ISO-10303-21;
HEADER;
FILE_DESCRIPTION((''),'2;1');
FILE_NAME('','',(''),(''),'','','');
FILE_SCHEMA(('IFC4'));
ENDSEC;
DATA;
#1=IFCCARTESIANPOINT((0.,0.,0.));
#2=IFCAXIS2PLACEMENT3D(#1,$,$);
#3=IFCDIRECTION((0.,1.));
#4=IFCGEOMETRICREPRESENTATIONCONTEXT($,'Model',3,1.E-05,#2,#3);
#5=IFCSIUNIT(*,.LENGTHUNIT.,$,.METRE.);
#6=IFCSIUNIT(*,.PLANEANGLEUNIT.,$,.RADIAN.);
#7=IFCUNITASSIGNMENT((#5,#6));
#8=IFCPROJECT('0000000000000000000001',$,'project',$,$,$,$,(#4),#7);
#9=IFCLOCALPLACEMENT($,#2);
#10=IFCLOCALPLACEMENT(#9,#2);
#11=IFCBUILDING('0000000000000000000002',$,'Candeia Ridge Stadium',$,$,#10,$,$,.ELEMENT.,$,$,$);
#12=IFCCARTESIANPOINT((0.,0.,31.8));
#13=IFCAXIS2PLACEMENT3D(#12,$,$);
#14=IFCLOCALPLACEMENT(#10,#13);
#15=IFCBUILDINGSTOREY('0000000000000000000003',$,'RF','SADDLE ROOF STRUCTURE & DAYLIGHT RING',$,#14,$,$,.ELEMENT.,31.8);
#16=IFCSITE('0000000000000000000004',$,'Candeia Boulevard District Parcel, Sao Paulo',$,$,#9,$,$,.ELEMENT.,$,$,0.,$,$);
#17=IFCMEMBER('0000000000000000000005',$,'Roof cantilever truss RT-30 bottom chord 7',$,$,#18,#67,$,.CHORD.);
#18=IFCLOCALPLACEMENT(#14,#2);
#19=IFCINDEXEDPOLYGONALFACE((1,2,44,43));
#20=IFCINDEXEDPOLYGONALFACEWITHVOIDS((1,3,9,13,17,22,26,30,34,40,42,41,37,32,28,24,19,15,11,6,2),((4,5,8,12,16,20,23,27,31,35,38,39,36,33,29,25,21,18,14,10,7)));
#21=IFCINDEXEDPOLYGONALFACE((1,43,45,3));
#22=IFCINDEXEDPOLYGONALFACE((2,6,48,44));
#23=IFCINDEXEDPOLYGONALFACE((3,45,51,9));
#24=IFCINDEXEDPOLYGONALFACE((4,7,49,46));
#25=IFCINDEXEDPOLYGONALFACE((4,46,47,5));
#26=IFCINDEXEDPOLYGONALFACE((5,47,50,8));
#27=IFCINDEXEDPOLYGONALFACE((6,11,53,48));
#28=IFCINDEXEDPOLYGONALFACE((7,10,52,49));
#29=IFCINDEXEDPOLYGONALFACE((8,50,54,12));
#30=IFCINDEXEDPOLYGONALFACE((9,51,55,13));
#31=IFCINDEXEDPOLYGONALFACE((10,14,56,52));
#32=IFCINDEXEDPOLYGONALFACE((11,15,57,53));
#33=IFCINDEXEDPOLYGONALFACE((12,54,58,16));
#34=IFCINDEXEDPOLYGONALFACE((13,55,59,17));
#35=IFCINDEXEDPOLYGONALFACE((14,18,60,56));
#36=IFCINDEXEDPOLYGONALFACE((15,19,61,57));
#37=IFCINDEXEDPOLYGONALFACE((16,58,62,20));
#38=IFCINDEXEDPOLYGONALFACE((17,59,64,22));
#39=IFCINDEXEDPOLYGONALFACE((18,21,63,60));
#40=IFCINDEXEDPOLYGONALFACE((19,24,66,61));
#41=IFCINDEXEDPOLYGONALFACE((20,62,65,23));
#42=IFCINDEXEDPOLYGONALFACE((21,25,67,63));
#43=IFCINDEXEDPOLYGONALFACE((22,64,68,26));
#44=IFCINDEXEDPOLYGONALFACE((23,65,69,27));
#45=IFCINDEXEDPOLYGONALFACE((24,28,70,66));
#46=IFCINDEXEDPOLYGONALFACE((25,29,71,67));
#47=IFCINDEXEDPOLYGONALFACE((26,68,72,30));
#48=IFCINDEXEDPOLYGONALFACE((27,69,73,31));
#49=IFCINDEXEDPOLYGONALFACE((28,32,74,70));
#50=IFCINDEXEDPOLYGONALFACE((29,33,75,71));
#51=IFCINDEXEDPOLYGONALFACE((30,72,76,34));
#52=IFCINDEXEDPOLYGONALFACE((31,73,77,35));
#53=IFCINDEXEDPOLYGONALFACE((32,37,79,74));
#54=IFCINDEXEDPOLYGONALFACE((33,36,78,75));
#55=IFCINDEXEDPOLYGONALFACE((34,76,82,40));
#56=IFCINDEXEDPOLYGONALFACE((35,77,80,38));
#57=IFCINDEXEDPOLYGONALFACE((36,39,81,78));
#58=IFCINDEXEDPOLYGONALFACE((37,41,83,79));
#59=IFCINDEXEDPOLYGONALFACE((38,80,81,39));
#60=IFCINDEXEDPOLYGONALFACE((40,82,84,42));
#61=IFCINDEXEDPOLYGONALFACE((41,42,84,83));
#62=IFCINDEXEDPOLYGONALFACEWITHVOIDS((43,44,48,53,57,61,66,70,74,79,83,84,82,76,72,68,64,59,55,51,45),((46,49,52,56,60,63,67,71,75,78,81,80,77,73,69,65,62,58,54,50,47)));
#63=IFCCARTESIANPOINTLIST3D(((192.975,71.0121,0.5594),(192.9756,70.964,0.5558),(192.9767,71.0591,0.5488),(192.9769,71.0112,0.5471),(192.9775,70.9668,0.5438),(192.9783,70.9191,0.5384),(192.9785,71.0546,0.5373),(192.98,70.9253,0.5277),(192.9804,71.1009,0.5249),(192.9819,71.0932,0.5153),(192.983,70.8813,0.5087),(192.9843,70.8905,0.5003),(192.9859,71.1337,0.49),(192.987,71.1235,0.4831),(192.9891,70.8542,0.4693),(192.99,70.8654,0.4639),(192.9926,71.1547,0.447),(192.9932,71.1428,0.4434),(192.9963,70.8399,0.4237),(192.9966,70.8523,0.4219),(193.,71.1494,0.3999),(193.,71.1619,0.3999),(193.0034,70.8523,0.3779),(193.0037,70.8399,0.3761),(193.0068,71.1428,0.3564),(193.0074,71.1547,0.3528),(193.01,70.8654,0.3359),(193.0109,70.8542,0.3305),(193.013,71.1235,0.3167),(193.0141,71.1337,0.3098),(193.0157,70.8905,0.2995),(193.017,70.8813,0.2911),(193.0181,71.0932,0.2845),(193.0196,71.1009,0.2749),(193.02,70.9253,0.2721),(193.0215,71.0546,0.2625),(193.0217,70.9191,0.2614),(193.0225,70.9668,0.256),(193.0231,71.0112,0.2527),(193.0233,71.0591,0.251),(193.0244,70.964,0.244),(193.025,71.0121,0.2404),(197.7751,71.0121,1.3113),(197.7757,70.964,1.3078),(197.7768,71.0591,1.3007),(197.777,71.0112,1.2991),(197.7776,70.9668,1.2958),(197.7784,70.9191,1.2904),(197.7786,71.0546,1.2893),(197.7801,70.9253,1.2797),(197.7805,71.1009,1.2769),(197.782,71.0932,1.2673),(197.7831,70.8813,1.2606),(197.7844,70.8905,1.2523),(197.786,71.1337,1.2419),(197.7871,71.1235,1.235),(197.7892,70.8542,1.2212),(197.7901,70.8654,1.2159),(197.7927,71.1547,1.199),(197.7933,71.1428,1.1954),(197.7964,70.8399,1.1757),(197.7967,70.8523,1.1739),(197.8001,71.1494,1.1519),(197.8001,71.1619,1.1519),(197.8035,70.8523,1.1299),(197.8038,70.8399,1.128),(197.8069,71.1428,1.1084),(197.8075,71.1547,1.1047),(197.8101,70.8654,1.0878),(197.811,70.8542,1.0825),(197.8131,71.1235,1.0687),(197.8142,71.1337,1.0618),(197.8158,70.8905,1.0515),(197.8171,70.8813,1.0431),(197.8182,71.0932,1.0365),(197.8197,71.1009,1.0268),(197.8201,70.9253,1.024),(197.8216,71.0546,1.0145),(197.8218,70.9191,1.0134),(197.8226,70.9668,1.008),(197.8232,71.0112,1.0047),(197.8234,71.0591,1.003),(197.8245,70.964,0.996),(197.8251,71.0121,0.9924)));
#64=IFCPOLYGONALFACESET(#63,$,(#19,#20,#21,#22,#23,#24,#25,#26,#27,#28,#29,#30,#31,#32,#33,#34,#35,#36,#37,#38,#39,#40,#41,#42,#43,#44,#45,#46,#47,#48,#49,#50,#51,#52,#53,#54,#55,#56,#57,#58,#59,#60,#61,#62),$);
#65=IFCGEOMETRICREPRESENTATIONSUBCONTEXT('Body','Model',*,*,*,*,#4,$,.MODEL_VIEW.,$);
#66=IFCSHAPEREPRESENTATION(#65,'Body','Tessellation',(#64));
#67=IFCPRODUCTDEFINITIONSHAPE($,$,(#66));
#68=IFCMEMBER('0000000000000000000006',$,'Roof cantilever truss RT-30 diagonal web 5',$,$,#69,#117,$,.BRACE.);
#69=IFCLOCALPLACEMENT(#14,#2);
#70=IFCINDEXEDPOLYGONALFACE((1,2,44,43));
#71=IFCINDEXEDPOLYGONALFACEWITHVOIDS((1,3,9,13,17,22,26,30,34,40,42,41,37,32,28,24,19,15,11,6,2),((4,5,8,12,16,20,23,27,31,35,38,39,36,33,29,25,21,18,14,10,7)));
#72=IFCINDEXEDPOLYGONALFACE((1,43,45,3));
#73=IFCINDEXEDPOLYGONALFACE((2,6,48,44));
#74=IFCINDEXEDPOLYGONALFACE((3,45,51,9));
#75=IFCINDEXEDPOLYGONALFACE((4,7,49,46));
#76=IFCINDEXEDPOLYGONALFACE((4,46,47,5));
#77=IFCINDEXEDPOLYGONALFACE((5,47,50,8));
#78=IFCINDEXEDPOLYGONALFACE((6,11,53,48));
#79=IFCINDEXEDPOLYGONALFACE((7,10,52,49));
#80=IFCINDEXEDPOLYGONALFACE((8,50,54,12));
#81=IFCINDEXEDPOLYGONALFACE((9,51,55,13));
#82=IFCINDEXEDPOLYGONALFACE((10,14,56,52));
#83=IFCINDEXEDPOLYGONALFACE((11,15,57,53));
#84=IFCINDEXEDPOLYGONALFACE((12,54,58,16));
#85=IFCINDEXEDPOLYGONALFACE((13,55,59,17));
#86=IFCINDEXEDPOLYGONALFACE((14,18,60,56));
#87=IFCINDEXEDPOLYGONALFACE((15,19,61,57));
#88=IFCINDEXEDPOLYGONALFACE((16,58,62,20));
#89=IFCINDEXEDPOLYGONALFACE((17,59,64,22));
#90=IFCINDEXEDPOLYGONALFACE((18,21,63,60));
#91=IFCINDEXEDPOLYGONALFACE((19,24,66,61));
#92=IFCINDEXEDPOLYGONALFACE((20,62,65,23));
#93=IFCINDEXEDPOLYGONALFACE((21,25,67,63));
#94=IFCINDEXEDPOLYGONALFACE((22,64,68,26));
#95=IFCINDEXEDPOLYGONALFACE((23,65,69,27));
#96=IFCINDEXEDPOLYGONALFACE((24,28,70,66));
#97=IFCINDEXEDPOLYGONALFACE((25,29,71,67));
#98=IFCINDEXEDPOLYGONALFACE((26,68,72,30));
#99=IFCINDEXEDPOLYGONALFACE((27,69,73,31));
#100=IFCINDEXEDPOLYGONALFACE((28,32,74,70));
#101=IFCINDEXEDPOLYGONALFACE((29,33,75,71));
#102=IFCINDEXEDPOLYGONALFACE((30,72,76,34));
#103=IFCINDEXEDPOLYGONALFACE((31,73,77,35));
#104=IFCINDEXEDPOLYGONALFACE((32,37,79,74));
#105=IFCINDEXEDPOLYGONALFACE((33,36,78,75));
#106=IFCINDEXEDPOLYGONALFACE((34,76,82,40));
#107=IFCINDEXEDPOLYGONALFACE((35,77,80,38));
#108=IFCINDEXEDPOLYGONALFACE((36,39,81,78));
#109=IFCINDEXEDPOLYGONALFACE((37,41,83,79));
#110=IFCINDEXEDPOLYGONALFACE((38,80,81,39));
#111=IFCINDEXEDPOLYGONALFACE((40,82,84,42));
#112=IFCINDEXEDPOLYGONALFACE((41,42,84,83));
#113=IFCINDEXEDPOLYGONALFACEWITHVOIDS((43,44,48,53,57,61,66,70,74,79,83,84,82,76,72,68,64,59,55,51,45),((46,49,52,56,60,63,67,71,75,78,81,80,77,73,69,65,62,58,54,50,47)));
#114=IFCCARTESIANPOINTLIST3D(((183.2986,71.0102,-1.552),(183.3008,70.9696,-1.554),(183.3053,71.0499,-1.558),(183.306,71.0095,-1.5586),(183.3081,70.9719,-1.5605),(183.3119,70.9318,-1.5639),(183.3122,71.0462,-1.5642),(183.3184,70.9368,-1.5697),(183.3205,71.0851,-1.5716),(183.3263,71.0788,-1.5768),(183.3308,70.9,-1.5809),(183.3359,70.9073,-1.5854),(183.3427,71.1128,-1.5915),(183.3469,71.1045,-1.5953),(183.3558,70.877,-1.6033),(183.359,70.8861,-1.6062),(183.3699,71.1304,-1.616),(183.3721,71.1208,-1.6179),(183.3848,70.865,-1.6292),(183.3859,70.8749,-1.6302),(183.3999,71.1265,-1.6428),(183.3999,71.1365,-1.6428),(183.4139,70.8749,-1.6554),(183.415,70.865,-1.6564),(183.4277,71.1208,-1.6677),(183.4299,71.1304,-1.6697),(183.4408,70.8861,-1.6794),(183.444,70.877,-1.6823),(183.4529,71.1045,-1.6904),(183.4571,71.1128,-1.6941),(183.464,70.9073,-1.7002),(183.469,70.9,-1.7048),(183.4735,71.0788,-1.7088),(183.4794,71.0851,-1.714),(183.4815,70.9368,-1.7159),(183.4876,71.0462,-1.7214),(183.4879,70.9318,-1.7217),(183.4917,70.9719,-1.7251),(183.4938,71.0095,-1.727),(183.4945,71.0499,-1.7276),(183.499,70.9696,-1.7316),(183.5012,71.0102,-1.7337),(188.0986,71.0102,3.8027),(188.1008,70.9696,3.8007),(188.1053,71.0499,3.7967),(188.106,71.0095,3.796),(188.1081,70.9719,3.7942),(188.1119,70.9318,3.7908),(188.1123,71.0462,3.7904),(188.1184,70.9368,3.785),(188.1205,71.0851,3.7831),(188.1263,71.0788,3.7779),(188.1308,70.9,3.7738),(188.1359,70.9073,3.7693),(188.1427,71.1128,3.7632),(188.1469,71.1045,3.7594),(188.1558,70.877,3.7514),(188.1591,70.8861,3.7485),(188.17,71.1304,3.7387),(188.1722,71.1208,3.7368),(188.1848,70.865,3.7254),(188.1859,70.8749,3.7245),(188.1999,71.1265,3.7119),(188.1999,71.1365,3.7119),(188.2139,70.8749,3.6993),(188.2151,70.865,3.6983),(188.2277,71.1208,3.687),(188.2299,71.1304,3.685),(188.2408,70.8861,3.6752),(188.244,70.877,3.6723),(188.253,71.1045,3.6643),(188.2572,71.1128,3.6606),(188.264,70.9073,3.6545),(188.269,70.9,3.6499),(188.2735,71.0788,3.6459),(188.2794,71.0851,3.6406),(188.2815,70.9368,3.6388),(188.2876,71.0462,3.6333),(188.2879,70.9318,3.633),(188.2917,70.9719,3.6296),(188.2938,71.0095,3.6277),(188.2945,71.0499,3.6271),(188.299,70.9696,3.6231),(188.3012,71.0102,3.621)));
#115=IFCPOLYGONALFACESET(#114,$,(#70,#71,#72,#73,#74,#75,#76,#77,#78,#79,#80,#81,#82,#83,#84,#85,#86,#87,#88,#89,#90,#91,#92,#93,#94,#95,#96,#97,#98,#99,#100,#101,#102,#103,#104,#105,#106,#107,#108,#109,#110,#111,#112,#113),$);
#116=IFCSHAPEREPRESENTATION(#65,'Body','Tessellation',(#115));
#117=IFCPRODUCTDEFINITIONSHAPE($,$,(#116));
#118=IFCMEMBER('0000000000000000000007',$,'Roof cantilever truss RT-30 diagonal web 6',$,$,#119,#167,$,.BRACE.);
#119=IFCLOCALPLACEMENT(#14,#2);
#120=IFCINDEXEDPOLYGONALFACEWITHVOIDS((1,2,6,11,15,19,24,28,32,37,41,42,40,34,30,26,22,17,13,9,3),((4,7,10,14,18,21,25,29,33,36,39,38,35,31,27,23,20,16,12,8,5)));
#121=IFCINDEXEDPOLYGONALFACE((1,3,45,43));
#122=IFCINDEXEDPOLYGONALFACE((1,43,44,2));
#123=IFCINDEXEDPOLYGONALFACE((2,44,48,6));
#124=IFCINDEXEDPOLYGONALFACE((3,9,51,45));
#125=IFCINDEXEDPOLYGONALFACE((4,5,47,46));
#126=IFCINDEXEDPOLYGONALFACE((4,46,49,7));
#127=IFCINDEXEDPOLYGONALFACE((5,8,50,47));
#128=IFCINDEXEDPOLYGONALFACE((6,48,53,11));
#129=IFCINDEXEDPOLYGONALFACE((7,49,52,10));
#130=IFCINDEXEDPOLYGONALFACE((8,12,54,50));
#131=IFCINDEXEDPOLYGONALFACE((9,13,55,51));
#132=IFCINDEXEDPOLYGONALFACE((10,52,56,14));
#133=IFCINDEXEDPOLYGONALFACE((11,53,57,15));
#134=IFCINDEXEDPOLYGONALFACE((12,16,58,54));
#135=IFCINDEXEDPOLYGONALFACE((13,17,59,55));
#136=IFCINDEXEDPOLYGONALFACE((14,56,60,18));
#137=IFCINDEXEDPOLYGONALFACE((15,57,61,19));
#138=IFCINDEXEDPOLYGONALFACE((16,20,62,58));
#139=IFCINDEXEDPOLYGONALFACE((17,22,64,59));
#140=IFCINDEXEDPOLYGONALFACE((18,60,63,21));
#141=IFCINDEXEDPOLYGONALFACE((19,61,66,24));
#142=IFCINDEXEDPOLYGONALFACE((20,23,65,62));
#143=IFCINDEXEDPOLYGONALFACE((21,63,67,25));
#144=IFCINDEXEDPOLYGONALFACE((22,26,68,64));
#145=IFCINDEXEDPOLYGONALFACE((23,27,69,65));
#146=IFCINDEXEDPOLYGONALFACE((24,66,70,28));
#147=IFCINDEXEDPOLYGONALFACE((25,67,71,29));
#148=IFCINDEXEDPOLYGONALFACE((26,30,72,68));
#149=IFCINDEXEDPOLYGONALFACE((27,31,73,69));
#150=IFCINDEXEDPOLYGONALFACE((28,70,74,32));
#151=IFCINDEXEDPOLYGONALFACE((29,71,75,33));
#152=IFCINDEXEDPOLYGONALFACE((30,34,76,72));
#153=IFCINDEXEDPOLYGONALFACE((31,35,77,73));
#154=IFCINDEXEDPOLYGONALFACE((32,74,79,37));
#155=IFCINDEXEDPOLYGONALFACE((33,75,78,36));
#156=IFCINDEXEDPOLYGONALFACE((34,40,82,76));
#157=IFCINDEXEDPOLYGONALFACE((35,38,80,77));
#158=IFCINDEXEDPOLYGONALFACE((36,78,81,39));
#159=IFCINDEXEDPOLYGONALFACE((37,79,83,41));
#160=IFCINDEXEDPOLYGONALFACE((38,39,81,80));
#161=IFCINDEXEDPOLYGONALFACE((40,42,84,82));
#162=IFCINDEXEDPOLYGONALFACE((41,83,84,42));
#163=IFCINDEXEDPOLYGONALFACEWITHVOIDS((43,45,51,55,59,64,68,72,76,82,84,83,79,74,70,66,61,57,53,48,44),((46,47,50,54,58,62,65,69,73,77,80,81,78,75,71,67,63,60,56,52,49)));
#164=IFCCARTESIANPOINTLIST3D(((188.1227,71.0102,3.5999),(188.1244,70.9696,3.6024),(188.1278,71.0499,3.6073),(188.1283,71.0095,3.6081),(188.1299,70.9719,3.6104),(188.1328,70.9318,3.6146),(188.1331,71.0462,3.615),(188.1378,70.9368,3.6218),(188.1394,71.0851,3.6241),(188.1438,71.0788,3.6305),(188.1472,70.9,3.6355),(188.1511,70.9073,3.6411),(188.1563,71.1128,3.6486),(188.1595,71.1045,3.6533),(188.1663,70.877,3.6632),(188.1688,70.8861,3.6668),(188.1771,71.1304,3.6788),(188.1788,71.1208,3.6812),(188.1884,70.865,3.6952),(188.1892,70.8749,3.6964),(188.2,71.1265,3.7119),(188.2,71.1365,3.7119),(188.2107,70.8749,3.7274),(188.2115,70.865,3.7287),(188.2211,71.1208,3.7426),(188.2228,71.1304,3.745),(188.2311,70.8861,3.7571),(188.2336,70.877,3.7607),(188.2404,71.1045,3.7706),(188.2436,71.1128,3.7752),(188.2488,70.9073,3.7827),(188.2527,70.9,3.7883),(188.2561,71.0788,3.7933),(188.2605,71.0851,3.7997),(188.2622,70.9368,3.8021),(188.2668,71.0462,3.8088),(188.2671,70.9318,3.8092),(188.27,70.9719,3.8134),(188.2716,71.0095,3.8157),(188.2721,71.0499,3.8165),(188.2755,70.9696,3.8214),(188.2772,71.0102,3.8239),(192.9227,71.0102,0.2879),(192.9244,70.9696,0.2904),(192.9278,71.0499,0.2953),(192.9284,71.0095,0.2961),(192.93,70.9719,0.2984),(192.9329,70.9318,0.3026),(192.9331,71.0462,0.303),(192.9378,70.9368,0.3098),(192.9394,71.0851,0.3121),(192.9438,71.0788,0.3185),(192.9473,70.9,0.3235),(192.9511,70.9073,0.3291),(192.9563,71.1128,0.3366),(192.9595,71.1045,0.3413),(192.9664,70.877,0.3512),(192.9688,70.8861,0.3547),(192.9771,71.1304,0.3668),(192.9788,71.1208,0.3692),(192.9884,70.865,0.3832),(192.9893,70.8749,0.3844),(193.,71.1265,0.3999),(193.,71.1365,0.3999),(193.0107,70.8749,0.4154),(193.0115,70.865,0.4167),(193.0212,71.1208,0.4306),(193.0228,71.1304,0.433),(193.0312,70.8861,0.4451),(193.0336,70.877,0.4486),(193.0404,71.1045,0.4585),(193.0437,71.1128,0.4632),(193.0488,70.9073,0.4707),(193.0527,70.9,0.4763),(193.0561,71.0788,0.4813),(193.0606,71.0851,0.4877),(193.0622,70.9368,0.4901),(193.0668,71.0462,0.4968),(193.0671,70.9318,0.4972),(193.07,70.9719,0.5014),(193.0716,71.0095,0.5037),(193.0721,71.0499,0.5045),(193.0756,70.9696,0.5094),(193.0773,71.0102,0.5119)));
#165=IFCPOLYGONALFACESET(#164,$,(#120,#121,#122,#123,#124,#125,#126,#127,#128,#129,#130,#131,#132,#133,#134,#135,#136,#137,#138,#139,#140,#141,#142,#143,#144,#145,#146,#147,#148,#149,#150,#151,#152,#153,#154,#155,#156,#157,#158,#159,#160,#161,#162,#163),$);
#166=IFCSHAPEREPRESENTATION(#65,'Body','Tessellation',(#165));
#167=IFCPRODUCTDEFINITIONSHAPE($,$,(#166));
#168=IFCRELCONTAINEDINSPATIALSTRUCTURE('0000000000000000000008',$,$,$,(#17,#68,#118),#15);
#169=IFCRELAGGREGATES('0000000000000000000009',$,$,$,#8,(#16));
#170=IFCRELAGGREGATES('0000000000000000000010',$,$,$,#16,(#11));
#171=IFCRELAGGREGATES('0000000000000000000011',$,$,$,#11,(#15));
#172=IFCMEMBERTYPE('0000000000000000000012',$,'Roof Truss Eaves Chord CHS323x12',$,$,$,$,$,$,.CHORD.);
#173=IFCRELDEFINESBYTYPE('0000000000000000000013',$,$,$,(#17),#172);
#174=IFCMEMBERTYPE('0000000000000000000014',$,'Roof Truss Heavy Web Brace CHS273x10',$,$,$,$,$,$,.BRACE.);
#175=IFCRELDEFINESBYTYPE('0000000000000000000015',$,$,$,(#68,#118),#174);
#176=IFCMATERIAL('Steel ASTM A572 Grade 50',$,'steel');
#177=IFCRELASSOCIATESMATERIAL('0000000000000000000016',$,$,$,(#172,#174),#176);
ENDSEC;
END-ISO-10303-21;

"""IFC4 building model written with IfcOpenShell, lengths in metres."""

from ifc_helpers import new_model, si_unit, direction, frame, origin, origin_2d, place, context, subcontext, project, spatial, hollow_circle, extrude, material, material_profile, profile_set, type_object, element, save


model = new_model("IFC4")

# Units and contexts
model_context = context("Model", 3, precision=1e-05, world=origin(), true_north=direction((0.0, 1.0)))
body_context = subcontext(model_context, "Body", "Model", "MODEL_VIEW")
ifc_project = project(units=[si_unit("LENGTHUNIT", "METRE"), si_unit("PLANEANGLEUNIT", "RADIAN")], contexts=[model_context])

# Site, building, storey
site_placement = place(None, origin())
site = spatial("IfcSite", under=ifc_project, at=site_placement, Name="Candeia Boulevard District Parcel, Sao Paulo", CompositionType="ELEMENT", RefElevation=0.0)
building_placement = place(site_placement, origin())
building = spatial("IfcBuilding", under=site, at=building_placement, Name="Candeia Ridge Stadium", CompositionType="ELEMENT")
storey_placement = place(building_placement, frame((0.0, 0.0, 31.8)))
storey = spatial("IfcBuildingStorey", under=building, at=storey_placement, Name="RF", Description="SADDLE ROOF STRUCTURE & DAYLIGHT RING", CompositionType="ELEMENT", Elevation=31.8)

# Shared definitions
ifc_material_1 = material(Name="Steel ASTM A572 Grade 50", Category="steel")

# Members
ifc_material_profile_1 = material_profile(ifc_material_1, hollow_circle(Radius=0.1619, WallThickness=0.0125, at=origin_2d()), Name="CHS323x12", Category="steel")
ifc_profile_set_1 = profile_set([ifc_material_profile_1], Name="Steel ASTM A572 Grade 50")
member_type_1 = type_object("IfcMemberType", Name="Roof Truss Eaves Chord CHS323x12", PredefinedType="CHORD", material=ifc_profile_set_1)
member_1_placement = place(storey_placement, frame((193.0, 71.0, 0.3999), z_axis=(0.987951, 0.0, 0.154768), x_axis=(0.0, 1.0, 0.0)))
element("IfcMember", 1, at=member_1_placement, inside=storey, type_object=member_type_1, Name="Roof cantilever truss RT-30 bottom chord 7", PredefinedType="CHORD", context=body_context, shape_type="SweptSolid", body=[
    extrude(hollow_circle(Radius=0.1619, WallThickness=0.0125, at=origin_2d()), origin(), (0.0, 0.0, 1.0), 4.8586),
])
ifc_material_profile_2 = material_profile(ifc_material_1, hollow_circle(Radius=0.1365, WallThickness=0.01, at=origin_2d()), Name="CHS273x10", Category="steel")
ifc_profile_set_2 = profile_set([ifc_material_profile_2], Name="Steel ASTM A572 Grade 50")
member_type_2 = type_object("IfcMemberType", Name="Roof Truss Heavy Web Brace CHS273x10", PredefinedType="BRACE", material=ifc_profile_set_2)
member_2_placement = place(storey_placement, frame((183.3999, 71.0, -1.6428), z_axis=(0.667487, 0.0, 0.744621), x_axis=(0.0, 1.0, 0.0)))
element("IfcMember", 2, at=member_2_placement, inside=storey, type_object=member_type_2, Name="Roof cantilever truss RT-30 diagonal web 5", PredefinedType="BRACE", context=body_context, shape_type="SweptSolid", body=[
    extrude(hollow_circle(Radius=0.1365, WallThickness=0.01, at=origin_2d()), origin(), (0.0, 0.0, 1.0), 7.1912),
])
member_3_placement = place(storey_placement, frame((188.2, 71.0, 3.7119), z_axis=(0.823082, 0.0, -0.567923), x_axis=(0.0, 1.0, 0.0)))
element("IfcMember", 3, at=member_3_placement, inside=storey, type_object=member_type_2, Name="Roof cantilever truss RT-30 diagonal web 6", PredefinedType="BRACE", context=body_context, shape_type="SweptSolid", body=[
    extrude(hollow_circle(Radius=0.1365, WallThickness=0.01, at=origin_2d()), origin(), (0.0, 0.0, 1.0), 5.8318),
])

save(model, "model.ifc")
